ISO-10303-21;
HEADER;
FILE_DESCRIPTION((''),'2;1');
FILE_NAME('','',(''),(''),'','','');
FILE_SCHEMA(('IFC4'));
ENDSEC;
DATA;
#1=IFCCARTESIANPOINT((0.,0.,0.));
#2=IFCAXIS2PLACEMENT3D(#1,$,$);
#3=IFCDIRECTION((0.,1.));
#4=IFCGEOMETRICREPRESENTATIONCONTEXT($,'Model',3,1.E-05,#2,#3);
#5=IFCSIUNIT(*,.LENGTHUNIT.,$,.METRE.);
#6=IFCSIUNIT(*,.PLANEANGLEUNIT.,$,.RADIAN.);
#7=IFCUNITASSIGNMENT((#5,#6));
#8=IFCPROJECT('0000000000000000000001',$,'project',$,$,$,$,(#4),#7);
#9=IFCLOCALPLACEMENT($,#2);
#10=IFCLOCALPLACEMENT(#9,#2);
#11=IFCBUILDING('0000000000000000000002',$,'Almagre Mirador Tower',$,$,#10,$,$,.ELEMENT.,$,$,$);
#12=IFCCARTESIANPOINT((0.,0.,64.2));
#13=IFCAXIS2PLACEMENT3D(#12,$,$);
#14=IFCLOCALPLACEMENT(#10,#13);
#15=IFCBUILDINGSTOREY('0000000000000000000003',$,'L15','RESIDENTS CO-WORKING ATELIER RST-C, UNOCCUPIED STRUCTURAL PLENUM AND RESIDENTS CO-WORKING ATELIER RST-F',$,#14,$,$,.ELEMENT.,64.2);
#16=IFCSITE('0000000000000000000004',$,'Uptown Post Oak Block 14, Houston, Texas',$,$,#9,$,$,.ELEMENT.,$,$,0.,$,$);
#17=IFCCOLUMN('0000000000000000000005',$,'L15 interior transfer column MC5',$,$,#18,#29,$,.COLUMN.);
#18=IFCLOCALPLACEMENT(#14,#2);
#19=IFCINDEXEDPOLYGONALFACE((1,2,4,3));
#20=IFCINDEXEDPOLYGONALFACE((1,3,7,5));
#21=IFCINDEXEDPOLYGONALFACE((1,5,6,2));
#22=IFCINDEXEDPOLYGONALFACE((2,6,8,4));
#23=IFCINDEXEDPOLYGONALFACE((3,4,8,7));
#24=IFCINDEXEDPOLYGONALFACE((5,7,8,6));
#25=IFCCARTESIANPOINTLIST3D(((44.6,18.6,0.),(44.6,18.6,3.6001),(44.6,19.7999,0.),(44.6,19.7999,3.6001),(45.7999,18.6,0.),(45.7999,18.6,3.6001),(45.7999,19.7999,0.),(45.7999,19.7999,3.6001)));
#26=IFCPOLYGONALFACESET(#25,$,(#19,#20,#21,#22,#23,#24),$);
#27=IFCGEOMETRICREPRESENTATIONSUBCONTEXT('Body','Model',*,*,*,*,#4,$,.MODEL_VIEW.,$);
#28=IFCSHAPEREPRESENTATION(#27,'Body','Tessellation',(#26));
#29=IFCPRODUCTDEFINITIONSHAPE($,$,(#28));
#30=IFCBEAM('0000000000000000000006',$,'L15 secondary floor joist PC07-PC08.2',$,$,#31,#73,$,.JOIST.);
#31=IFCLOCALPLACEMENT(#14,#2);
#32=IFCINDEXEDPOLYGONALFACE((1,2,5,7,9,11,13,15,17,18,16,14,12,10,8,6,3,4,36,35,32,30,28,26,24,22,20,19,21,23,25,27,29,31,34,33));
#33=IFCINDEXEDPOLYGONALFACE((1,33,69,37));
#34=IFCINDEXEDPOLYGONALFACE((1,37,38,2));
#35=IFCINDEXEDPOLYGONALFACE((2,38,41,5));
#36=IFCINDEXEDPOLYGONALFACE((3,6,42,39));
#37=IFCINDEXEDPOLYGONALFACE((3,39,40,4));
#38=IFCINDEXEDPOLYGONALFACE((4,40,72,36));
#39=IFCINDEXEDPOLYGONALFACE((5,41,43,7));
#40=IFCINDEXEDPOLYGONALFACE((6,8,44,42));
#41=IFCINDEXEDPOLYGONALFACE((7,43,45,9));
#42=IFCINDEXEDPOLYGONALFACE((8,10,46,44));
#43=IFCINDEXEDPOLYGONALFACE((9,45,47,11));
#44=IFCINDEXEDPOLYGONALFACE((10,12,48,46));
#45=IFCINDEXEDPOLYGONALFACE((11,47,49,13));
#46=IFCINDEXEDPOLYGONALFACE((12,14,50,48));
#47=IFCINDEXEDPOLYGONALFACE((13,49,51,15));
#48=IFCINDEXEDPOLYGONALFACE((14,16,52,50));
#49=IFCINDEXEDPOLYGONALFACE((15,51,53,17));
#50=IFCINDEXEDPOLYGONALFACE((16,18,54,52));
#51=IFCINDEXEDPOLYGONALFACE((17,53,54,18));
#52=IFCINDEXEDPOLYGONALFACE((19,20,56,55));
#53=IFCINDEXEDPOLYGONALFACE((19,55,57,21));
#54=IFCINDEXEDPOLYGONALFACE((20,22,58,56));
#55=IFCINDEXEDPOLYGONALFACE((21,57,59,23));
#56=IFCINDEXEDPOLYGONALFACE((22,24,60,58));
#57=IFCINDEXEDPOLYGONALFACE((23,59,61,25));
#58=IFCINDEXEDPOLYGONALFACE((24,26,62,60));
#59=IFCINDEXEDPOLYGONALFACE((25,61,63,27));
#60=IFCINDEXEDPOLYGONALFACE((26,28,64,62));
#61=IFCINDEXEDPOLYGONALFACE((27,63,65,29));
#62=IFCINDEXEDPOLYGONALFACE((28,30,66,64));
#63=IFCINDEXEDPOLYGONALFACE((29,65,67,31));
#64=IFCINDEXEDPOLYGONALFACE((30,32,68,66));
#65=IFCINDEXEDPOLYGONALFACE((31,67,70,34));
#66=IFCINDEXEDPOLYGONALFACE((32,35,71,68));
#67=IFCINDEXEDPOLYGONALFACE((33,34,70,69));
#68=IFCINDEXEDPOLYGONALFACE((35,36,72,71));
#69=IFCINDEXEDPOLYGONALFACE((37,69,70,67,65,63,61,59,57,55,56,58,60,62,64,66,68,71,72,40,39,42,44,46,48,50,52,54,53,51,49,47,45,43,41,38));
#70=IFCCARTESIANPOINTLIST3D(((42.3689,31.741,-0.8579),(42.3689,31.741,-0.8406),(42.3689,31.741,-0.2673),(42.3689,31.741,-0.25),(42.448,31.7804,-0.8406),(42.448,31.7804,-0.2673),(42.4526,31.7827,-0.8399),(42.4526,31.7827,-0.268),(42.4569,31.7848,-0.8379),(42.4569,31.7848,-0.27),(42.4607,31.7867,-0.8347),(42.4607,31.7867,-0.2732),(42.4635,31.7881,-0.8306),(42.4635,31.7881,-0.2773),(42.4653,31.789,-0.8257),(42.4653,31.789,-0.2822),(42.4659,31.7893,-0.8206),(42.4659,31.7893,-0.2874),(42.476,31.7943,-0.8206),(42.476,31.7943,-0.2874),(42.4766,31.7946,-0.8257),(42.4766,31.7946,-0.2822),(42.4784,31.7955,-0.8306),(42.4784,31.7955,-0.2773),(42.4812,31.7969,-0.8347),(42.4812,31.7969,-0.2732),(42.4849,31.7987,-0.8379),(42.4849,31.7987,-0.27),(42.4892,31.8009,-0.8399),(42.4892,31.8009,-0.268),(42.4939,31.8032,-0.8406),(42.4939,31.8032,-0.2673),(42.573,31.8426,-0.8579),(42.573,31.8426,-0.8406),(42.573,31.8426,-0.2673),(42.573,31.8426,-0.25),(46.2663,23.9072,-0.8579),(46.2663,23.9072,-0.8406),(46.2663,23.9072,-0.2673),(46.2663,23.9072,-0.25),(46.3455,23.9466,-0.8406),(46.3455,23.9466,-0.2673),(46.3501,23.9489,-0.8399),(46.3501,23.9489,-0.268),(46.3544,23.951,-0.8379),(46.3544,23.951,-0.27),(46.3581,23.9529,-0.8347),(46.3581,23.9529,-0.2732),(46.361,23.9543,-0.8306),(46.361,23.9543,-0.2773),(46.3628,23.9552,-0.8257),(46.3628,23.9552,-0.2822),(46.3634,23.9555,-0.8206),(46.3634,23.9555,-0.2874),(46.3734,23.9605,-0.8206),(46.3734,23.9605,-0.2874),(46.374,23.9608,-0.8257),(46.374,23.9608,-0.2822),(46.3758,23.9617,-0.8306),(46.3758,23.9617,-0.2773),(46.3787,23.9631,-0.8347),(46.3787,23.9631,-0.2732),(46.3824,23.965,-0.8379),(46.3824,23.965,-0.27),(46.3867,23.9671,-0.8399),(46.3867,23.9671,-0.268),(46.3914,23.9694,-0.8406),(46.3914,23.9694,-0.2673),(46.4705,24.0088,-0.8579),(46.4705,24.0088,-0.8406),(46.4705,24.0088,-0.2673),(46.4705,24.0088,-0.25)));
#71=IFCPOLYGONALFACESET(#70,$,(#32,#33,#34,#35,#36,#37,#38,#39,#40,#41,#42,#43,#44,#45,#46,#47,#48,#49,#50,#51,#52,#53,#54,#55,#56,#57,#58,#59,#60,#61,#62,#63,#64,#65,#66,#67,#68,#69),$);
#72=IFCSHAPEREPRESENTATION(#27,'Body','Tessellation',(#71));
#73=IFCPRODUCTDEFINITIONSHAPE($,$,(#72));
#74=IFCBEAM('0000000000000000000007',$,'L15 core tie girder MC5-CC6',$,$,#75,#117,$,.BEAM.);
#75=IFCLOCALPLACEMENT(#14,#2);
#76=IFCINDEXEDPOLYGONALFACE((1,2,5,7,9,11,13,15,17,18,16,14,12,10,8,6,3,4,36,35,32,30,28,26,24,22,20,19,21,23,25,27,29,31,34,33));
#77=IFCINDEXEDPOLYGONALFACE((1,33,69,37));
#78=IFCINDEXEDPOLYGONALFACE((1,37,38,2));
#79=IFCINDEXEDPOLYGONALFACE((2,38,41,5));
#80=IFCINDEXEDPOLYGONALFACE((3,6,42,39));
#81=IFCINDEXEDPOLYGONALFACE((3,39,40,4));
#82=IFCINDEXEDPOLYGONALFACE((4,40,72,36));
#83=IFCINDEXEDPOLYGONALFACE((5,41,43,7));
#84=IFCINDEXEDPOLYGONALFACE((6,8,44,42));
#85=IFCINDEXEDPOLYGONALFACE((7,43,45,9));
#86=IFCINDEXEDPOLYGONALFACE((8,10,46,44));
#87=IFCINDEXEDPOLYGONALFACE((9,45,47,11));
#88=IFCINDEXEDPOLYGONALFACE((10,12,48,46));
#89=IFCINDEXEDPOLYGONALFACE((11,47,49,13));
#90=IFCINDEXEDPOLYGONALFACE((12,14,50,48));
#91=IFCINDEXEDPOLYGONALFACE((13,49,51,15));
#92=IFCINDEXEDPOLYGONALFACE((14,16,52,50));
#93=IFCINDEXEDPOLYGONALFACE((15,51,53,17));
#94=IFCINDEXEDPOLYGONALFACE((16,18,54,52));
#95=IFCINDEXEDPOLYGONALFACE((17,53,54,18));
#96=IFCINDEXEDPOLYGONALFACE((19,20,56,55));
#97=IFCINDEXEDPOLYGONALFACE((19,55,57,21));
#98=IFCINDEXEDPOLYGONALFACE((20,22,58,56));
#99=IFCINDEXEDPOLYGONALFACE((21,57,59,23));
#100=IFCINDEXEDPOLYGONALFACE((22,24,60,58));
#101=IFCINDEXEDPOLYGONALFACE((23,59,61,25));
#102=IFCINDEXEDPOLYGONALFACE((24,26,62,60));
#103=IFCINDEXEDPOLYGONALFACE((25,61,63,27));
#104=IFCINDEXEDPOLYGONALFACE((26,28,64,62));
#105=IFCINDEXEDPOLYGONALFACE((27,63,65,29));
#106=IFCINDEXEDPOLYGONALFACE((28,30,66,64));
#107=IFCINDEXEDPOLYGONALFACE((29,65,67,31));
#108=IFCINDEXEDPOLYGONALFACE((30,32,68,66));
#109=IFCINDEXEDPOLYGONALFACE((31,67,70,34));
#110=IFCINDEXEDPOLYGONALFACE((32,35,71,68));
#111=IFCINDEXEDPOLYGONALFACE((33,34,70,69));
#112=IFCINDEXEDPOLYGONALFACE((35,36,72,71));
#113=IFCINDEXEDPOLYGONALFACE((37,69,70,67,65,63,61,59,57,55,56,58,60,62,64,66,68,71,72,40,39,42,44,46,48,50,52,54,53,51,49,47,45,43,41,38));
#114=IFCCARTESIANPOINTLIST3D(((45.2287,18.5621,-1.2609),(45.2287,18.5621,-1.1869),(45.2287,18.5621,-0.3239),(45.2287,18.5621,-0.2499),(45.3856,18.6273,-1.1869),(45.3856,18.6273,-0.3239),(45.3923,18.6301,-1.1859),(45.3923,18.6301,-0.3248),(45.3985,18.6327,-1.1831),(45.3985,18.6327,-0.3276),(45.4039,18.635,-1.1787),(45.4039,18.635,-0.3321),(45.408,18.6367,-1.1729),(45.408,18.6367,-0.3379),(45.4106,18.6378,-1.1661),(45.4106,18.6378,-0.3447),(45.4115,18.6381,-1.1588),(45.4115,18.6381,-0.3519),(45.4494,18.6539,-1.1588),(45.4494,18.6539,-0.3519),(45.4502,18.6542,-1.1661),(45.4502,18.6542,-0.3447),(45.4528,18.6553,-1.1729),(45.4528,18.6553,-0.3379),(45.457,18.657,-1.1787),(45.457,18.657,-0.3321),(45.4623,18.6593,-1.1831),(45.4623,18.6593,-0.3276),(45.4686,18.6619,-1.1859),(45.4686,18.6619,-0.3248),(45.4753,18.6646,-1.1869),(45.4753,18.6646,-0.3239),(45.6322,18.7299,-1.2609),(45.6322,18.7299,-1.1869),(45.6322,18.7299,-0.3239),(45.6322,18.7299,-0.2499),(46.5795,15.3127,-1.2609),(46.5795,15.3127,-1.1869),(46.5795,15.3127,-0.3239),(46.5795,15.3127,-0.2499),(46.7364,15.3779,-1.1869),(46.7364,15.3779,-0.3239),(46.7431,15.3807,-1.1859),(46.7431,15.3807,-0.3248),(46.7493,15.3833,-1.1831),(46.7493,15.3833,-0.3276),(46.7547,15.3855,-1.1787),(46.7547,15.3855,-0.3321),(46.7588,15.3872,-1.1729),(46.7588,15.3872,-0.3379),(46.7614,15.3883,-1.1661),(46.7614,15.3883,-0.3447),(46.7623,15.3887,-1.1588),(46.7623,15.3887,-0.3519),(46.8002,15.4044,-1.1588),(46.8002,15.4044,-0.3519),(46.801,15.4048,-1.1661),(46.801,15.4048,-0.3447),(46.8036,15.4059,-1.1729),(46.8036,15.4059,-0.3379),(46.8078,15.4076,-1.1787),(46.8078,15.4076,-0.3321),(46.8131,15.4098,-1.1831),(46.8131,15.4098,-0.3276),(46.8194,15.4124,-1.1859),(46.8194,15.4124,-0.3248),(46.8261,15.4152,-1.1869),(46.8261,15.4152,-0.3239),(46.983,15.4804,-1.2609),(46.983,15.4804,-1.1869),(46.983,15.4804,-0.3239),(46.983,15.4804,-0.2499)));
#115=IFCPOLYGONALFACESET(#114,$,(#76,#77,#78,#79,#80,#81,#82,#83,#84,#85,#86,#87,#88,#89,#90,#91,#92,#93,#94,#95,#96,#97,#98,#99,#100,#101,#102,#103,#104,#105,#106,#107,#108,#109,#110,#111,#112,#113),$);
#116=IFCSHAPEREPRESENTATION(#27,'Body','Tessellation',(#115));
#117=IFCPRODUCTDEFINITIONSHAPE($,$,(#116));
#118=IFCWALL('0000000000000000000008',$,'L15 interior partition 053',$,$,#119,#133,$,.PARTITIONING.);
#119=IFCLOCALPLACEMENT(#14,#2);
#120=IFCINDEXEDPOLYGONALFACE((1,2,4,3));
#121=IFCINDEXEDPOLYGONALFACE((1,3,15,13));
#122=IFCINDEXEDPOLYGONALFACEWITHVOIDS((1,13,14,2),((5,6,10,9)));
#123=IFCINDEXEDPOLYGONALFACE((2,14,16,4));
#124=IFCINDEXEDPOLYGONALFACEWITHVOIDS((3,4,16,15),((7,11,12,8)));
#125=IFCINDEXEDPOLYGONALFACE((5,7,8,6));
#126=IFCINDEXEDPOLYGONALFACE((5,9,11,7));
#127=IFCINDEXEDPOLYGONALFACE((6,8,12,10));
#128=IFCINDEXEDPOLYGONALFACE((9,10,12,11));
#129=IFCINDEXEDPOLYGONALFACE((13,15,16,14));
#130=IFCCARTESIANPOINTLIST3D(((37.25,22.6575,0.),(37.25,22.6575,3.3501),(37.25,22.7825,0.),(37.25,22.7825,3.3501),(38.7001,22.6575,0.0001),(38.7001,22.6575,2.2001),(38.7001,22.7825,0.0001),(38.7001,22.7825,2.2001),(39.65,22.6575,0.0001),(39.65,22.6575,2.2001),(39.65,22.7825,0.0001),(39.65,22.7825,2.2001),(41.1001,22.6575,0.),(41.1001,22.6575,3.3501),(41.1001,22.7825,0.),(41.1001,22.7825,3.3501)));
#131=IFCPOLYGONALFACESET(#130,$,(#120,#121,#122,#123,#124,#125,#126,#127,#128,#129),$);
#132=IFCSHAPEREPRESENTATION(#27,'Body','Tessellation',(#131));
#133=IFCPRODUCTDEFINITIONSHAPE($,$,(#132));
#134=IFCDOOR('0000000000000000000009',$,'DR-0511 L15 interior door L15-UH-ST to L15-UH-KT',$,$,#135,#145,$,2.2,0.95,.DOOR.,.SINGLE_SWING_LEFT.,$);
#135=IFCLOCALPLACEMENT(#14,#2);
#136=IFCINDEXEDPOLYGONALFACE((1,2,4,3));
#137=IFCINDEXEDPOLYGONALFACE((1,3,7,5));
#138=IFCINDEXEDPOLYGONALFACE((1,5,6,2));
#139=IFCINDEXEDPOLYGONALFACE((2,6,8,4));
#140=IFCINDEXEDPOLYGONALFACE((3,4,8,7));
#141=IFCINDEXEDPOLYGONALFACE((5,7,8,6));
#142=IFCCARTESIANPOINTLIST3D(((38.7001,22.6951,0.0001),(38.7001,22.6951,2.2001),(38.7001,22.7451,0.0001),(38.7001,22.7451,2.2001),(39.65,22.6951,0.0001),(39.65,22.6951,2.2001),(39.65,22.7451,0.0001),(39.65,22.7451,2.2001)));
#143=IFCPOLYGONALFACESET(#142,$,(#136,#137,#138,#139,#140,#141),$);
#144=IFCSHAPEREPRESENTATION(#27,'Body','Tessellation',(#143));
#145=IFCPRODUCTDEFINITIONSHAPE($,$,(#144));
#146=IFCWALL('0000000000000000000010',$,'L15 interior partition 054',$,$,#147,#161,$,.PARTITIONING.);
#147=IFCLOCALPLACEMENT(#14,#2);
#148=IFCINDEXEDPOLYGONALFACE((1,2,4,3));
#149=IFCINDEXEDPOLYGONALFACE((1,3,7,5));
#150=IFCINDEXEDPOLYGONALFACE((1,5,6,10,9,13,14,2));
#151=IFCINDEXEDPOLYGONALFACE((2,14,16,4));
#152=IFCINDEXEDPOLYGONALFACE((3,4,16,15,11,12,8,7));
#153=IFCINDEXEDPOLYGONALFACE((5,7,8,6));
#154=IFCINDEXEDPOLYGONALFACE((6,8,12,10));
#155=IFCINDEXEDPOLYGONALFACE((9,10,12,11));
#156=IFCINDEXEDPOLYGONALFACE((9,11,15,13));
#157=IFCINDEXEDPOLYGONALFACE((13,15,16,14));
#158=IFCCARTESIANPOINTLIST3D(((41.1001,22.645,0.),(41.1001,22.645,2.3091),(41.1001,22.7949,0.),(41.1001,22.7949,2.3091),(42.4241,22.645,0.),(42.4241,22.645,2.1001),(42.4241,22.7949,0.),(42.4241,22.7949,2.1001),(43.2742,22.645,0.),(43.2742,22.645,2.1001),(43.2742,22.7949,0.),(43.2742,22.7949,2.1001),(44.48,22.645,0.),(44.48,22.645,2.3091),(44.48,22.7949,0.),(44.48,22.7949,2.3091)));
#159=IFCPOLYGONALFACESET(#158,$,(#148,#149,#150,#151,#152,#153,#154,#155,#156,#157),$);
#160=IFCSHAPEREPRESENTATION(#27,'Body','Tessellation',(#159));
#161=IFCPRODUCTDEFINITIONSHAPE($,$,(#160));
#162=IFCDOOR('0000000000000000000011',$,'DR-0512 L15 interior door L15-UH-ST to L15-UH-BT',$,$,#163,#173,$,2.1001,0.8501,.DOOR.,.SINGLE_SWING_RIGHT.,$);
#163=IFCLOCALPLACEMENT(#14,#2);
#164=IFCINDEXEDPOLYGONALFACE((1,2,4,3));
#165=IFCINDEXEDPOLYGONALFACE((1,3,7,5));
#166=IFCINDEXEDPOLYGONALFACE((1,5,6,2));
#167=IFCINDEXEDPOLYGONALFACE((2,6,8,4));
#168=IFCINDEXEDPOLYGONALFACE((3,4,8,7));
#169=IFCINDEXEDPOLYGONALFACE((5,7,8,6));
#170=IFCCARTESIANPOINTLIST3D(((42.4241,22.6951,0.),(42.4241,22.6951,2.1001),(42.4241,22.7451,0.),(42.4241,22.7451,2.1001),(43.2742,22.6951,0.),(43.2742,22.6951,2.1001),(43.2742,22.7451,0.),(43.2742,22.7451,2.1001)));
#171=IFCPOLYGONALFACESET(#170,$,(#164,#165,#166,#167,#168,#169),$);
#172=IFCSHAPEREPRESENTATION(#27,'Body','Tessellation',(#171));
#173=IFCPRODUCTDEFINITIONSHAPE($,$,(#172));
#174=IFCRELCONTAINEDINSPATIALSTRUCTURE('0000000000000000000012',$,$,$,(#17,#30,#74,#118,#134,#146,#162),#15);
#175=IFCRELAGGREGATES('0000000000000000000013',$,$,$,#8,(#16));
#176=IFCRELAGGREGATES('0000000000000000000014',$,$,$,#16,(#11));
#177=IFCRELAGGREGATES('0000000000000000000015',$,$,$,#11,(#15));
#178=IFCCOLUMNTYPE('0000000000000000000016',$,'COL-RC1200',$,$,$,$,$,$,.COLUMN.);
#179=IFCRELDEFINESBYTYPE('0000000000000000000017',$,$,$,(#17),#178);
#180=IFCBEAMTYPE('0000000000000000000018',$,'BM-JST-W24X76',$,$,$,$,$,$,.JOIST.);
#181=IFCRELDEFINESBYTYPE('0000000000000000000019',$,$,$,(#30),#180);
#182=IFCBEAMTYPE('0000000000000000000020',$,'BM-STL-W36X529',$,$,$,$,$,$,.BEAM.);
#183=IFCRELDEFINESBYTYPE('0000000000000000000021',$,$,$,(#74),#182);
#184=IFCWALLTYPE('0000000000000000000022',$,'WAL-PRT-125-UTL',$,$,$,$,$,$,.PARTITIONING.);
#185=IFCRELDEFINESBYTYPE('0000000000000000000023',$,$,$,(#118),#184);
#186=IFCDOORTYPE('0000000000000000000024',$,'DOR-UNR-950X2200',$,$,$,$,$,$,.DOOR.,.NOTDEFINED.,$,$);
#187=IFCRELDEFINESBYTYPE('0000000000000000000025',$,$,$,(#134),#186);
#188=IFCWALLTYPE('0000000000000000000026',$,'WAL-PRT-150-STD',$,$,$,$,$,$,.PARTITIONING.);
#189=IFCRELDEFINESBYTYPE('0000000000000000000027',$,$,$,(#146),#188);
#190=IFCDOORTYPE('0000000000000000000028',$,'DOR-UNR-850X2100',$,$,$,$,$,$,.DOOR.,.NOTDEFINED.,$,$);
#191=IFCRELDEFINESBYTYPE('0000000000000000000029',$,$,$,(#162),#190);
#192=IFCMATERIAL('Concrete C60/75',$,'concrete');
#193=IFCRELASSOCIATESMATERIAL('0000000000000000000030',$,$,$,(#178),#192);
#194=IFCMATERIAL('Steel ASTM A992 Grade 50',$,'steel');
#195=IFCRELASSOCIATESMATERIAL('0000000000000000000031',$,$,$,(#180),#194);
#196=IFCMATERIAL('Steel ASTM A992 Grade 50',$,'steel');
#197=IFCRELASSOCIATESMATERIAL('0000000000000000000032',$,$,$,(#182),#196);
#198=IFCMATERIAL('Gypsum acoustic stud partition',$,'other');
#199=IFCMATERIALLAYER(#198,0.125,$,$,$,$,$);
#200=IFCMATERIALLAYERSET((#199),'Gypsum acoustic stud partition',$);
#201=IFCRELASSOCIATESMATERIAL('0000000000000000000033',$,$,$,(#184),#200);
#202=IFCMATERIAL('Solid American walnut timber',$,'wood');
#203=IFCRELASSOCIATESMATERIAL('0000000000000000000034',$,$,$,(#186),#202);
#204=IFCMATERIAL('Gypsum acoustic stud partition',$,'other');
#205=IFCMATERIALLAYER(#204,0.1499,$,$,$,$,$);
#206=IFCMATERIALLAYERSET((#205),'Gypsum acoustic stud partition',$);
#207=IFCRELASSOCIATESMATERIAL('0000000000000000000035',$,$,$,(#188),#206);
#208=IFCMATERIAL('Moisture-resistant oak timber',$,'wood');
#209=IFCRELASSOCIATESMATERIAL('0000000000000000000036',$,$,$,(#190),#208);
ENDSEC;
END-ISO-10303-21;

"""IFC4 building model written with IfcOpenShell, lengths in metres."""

from ifc_helpers import new_model, si_unit, direction, frame, frame_2d, origin, origin_2d, place, context, subcontext, project, spatial, rectangle, i_section, extrude, material, layer, layer_set, material_profile, profile_set, type_object, element, fill, save


model = new_model("IFC4")

# Units and contexts
model_context = context("Model", 3, precision=1e-05, world=origin(), true_north=direction((0.0, 1.0)))
body_context = subcontext(model_context, "Body", "Model", "MODEL_VIEW")
ifc_project = project(units=[si_unit("LENGTHUNIT", "METRE"), si_unit("PLANEANGLEUNIT", "RADIAN")], contexts=[model_context])

# Site, building, storey
site_placement = place(None, origin())
site = spatial("IfcSite", under=ifc_project, at=site_placement, Name="Uptown Post Oak Block 14, Houston, Texas", CompositionType="ELEMENT", RefElevation=0.0)
building_placement = place(site_placement, origin())
building = spatial("IfcBuilding", under=site, at=building_placement, Name="Almagre Mirador Tower", CompositionType="ELEMENT")
storey_placement = place(building_placement, frame((0.0, 0.0, 64.2)))
storey = spatial("IfcBuildingStorey", under=building, at=storey_placement, Name="L15", Description="RESIDENTS CO-WORKING ATELIER RST-C, UNOCCUPIED STRUCTURAL PLENUM AND RESIDENTS CO-WORKING ATELIER RST-F", CompositionType="ELEMENT", Elevation=64.2)

# Column
ifc_material_1 = material(Name="Concrete C60/75", Category="concrete")
ifc_material_profile_1 = material_profile(ifc_material_1, rectangle(XDim=1.2, YDim=1.2, at=origin_2d()), Name="RC1200X1200")
ifc_profile_set_1 = profile_set([ifc_material_profile_1], Name="Concrete C60/75")
column_type = type_object("IfcColumnType", Name="COL-RC1200", PredefinedType="COLUMN", material=ifc_profile_set_1)
column_placement = place(storey_placement, frame((45.2, 19.2, 0.0), z_axis=(0.0, 0.0, 1.0), x_axis=(1.0, 0.0, 0.0)))
element("IfcColumn", 1, at=column_placement, inside=storey, type_object=column_type, Name="L15 interior transfer column MC5", PredefinedType="COLUMN", context=body_context, shape_type="SweptSolid", body=[
    extrude(rectangle(XDim=1.2, YDim=1.2, at=origin_2d()), origin(), (0.0, 0.0, 1.0), 3.6001),
])

# Beams
ifc_material_2 = material(Name="Steel ASTM A992 Grade 50", Category="steel")
ifc_material_profile_2 = material_profile(ifc_material_2, i_section(OverallWidth=0.228, OverallDepth=0.6079, WebThickness=0.0112, FlangeThickness=0.0173, FilletRadius=0.02, at=origin_2d()), Name="W24X76")
ifc_profile_set_2 = profile_set([ifc_material_profile_2], Name="Steel ASTM A992 Grade 50")
beam_type_1 = type_object("IfcBeamType", Name="BM-JST-W24X76", PredefinedType="JOIST", material=ifc_profile_set_2)
beam_1_placement = place(storey_placement, frame((46.3684, 23.958, -0.554), z_axis=(-0.445438, 0.895313, 0.0), x_axis=(-0.895313, -0.445438, 0.0)))
element("IfcBeam", 2, at=beam_1_placement, inside=storey, type_object=beam_type_1, Name="L15 secondary floor joist PC07-PC08.2", PredefinedType="JOIST", context=body_context, shape_type="SweptSolid", body=[
    extrude(i_section(OverallWidth=0.228, OverallDepth=0.6079, WebThickness=0.0112, FlangeThickness=0.0173, FilletRadius=0.02, at=origin_2d()), origin(), (0.0, 0.0, 1.0), 8.7498),
])
ifc_material_3 = material(Name="Steel ASTM A992 Grade 50", Category="steel")
ifc_material_profile_3 = material_profile(ifc_material_3, i_section(OverallWidth=0.437, OverallDepth=1.011, WebThickness=0.041, FlangeThickness=0.074, FilletRadius=0.0281, at=origin_2d()), Name="W36X529")
ifc_profile_set_3 = profile_set([ifc_material_profile_3], Name="Steel ASTM A992 Grade 50")
beam_type_2 = type_object("IfcBeamType", Name="BM-STL-W36X529", PredefinedType="BEAM", material=ifc_profile_set_3)
beam_2_placement = place(storey_placement, frame((45.4304, 18.646, -0.7554), z_axis=(0.383857, -0.923393, 0.0), x_axis=(0.923393, 0.383857, 0.0)))
element("IfcBeam", 3, at=beam_2_placement, inside=storey, type_object=beam_type_2, Name="L15 core tie girder MC5-CC6", PredefinedType="BEAM", context=body_context, shape_type="SweptSolid", body=[
    extrude(i_section(OverallWidth=0.437, OverallDepth=1.011, WebThickness=0.041, FlangeThickness=0.074, FilletRadius=0.0281, at=origin_2d()), origin(), (0.0, 0.0, 1.0), 3.519),
])

# Walls, openings, doors
ifc_material_4 = material(Name="Gypsum acoustic stud partition", Category="other")
ifc_layer_1 = layer(ifc_material_4, 0.125)
ifc_layer_set_1 = layer_set([ifc_layer_1], Name="Gypsum acoustic stud partition")
wall_type_1 = type_object("IfcWallType", Name="WAL-PRT-125-UTL", PredefinedType="PARTITIONING", material=ifc_layer_set_1)
wall_1_placement = place(storey_placement, frame((41.1001, 22.72, 0.0), z_axis=(0.0, 0.0, 1.0), x_axis=(-1.0, 0.0, 0.0)))
wall_1 = element("IfcWall", 4, at=wall_1_placement, inside=storey, type_object=wall_type_1, Name="L15 interior partition 053", PredefinedType="PARTITIONING", context=body_context, shape_type="SweptSolid", body=[
    extrude(rectangle(XDim=3.8501, YDim=0.125, at=frame_2d((1.925, 0.0))), origin(), (0.0, 0.0, 1.0), 3.3501),
])
opening_1_placement = place(wall_1_placement, frame((1.45, 0.0, 0.0)))
opening_1 = element("IfcOpeningElement", 5, at=opening_1_placement, cuts=wall_1, PredefinedType="OPENING", context=body_context, shape_type="SweptSolid", body=[
    extrude(rectangle(XDim=0.95, YDim=2.2, at=frame_2d((0.4751, 1.1001))), frame((0.0, 0.0725, 0.0), z_axis=(0.0, -1.0, 0.0), x_axis=(1.0, 0.0, 0.0)), (0.0, 0.0, 1.0), 0.145),
])
ifc_material_5 = material(Name="Solid American walnut timber", Category="wood")
door_type_1 = type_object("IfcDoorType", Name="DOR-UNR-950X2200", OperationType="NOTDEFINED", PredefinedType="DOOR", material=ifc_material_5)
door_1_placement = place(opening_1_placement, origin())
door_1 = element("IfcDoor", 6, at=door_1_placement, inside=storey, type_object=door_type_1, Name="DR-0511 L15 interior door L15-UH-ST to L15-UH-KT", OperationType="SINGLE_SWING_LEFT", OverallHeight=2.2, OverallWidth=0.95, PredefinedType="DOOR", context=body_context, shape_type="SweptSolid", body=[
    extrude(rectangle(XDim=0.95, YDim=2.2, at=frame_2d((0.4751, 1.1001))), frame((0.0, 0.0249, 0.0), z_axis=(0.0, -1.0, 0.0), x_axis=(1.0, 0.0, 0.0)), (0.0, 0.0, 1.0), 0.05),
])
fill(opening_1, door_1)
ifc_material_6 = material(Name="Gypsum acoustic stud partition", Category="other")
ifc_layer_2 = layer(ifc_material_6, 0.1499)
ifc_layer_set_2 = layer_set([ifc_layer_2], Name="Gypsum acoustic stud partition")
wall_type_2 = type_object("IfcWallType", Name="WAL-PRT-150-STD", PredefinedType="PARTITIONING", material=ifc_layer_set_2)
wall_2_placement = place(storey_placement, frame((44.48, 22.72, 0.0), z_axis=(0.0, 0.0, 1.0), x_axis=(-1.0, 0.0, 0.0)))
wall_2 = element("IfcWall", 7, at=wall_2_placement, inside=storey, type_object=wall_type_2, Name="L15 interior partition 054", PredefinedType="PARTITIONING", context=body_context, shape_type="SweptSolid", body=[
    extrude(rectangle(XDim=3.3799, YDim=0.1499, at=frame_2d((1.6899, 0.0))), origin(), (0.0, 0.0, 1.0), 2.3091),
])
opening_2_placement = place(wall_2_placement, frame((1.2058, 0.0, 0.0)))
opening_2 = element("IfcOpeningElement", 8, at=opening_2_placement, cuts=wall_2, PredefinedType="OPENING", context=body_context, shape_type="SweptSolid", body=[
    extrude(rectangle(XDim=0.8501, YDim=2.1001, at=frame_2d((0.425, 1.05))), frame((0.0, 0.085, 0.0), z_axis=(0.0, -1.0, 0.0), x_axis=(1.0, 0.0, 0.0)), (0.0, 0.0, 1.0), 0.1699),
])
ifc_material_7 = material(Name="Moisture-resistant oak timber", Category="wood")
door_type_2 = type_object("IfcDoorType", Name="DOR-UNR-850X2100", OperationType="NOTDEFINED", PredefinedType="DOOR", material=ifc_material_7)
door_2_placement = place(opening_2_placement, origin())
door_2 = element("IfcDoor", 9, at=door_2_placement, inside=storey, type_object=door_type_2, Name="DR-0512 L15 interior door L15-UH-ST to L15-UH-BT", OperationType="SINGLE_SWING_RIGHT", OverallHeight=2.1001, OverallWidth=0.8501, PredefinedType="DOOR", context=body_context, shape_type="SweptSolid", body=[
    extrude(rectangle(XDim=0.8501, YDim=2.1001, at=frame_2d((0.425, 1.05))), frame((0.0, 0.0249, 0.0), z_axis=(0.0, -1.0, 0.0), x_axis=(1.0, 0.0, 0.0)), (0.0, 0.0, 1.0), 0.05),
])
fill(opening_2, door_2)

save(model, "model.ifc")
